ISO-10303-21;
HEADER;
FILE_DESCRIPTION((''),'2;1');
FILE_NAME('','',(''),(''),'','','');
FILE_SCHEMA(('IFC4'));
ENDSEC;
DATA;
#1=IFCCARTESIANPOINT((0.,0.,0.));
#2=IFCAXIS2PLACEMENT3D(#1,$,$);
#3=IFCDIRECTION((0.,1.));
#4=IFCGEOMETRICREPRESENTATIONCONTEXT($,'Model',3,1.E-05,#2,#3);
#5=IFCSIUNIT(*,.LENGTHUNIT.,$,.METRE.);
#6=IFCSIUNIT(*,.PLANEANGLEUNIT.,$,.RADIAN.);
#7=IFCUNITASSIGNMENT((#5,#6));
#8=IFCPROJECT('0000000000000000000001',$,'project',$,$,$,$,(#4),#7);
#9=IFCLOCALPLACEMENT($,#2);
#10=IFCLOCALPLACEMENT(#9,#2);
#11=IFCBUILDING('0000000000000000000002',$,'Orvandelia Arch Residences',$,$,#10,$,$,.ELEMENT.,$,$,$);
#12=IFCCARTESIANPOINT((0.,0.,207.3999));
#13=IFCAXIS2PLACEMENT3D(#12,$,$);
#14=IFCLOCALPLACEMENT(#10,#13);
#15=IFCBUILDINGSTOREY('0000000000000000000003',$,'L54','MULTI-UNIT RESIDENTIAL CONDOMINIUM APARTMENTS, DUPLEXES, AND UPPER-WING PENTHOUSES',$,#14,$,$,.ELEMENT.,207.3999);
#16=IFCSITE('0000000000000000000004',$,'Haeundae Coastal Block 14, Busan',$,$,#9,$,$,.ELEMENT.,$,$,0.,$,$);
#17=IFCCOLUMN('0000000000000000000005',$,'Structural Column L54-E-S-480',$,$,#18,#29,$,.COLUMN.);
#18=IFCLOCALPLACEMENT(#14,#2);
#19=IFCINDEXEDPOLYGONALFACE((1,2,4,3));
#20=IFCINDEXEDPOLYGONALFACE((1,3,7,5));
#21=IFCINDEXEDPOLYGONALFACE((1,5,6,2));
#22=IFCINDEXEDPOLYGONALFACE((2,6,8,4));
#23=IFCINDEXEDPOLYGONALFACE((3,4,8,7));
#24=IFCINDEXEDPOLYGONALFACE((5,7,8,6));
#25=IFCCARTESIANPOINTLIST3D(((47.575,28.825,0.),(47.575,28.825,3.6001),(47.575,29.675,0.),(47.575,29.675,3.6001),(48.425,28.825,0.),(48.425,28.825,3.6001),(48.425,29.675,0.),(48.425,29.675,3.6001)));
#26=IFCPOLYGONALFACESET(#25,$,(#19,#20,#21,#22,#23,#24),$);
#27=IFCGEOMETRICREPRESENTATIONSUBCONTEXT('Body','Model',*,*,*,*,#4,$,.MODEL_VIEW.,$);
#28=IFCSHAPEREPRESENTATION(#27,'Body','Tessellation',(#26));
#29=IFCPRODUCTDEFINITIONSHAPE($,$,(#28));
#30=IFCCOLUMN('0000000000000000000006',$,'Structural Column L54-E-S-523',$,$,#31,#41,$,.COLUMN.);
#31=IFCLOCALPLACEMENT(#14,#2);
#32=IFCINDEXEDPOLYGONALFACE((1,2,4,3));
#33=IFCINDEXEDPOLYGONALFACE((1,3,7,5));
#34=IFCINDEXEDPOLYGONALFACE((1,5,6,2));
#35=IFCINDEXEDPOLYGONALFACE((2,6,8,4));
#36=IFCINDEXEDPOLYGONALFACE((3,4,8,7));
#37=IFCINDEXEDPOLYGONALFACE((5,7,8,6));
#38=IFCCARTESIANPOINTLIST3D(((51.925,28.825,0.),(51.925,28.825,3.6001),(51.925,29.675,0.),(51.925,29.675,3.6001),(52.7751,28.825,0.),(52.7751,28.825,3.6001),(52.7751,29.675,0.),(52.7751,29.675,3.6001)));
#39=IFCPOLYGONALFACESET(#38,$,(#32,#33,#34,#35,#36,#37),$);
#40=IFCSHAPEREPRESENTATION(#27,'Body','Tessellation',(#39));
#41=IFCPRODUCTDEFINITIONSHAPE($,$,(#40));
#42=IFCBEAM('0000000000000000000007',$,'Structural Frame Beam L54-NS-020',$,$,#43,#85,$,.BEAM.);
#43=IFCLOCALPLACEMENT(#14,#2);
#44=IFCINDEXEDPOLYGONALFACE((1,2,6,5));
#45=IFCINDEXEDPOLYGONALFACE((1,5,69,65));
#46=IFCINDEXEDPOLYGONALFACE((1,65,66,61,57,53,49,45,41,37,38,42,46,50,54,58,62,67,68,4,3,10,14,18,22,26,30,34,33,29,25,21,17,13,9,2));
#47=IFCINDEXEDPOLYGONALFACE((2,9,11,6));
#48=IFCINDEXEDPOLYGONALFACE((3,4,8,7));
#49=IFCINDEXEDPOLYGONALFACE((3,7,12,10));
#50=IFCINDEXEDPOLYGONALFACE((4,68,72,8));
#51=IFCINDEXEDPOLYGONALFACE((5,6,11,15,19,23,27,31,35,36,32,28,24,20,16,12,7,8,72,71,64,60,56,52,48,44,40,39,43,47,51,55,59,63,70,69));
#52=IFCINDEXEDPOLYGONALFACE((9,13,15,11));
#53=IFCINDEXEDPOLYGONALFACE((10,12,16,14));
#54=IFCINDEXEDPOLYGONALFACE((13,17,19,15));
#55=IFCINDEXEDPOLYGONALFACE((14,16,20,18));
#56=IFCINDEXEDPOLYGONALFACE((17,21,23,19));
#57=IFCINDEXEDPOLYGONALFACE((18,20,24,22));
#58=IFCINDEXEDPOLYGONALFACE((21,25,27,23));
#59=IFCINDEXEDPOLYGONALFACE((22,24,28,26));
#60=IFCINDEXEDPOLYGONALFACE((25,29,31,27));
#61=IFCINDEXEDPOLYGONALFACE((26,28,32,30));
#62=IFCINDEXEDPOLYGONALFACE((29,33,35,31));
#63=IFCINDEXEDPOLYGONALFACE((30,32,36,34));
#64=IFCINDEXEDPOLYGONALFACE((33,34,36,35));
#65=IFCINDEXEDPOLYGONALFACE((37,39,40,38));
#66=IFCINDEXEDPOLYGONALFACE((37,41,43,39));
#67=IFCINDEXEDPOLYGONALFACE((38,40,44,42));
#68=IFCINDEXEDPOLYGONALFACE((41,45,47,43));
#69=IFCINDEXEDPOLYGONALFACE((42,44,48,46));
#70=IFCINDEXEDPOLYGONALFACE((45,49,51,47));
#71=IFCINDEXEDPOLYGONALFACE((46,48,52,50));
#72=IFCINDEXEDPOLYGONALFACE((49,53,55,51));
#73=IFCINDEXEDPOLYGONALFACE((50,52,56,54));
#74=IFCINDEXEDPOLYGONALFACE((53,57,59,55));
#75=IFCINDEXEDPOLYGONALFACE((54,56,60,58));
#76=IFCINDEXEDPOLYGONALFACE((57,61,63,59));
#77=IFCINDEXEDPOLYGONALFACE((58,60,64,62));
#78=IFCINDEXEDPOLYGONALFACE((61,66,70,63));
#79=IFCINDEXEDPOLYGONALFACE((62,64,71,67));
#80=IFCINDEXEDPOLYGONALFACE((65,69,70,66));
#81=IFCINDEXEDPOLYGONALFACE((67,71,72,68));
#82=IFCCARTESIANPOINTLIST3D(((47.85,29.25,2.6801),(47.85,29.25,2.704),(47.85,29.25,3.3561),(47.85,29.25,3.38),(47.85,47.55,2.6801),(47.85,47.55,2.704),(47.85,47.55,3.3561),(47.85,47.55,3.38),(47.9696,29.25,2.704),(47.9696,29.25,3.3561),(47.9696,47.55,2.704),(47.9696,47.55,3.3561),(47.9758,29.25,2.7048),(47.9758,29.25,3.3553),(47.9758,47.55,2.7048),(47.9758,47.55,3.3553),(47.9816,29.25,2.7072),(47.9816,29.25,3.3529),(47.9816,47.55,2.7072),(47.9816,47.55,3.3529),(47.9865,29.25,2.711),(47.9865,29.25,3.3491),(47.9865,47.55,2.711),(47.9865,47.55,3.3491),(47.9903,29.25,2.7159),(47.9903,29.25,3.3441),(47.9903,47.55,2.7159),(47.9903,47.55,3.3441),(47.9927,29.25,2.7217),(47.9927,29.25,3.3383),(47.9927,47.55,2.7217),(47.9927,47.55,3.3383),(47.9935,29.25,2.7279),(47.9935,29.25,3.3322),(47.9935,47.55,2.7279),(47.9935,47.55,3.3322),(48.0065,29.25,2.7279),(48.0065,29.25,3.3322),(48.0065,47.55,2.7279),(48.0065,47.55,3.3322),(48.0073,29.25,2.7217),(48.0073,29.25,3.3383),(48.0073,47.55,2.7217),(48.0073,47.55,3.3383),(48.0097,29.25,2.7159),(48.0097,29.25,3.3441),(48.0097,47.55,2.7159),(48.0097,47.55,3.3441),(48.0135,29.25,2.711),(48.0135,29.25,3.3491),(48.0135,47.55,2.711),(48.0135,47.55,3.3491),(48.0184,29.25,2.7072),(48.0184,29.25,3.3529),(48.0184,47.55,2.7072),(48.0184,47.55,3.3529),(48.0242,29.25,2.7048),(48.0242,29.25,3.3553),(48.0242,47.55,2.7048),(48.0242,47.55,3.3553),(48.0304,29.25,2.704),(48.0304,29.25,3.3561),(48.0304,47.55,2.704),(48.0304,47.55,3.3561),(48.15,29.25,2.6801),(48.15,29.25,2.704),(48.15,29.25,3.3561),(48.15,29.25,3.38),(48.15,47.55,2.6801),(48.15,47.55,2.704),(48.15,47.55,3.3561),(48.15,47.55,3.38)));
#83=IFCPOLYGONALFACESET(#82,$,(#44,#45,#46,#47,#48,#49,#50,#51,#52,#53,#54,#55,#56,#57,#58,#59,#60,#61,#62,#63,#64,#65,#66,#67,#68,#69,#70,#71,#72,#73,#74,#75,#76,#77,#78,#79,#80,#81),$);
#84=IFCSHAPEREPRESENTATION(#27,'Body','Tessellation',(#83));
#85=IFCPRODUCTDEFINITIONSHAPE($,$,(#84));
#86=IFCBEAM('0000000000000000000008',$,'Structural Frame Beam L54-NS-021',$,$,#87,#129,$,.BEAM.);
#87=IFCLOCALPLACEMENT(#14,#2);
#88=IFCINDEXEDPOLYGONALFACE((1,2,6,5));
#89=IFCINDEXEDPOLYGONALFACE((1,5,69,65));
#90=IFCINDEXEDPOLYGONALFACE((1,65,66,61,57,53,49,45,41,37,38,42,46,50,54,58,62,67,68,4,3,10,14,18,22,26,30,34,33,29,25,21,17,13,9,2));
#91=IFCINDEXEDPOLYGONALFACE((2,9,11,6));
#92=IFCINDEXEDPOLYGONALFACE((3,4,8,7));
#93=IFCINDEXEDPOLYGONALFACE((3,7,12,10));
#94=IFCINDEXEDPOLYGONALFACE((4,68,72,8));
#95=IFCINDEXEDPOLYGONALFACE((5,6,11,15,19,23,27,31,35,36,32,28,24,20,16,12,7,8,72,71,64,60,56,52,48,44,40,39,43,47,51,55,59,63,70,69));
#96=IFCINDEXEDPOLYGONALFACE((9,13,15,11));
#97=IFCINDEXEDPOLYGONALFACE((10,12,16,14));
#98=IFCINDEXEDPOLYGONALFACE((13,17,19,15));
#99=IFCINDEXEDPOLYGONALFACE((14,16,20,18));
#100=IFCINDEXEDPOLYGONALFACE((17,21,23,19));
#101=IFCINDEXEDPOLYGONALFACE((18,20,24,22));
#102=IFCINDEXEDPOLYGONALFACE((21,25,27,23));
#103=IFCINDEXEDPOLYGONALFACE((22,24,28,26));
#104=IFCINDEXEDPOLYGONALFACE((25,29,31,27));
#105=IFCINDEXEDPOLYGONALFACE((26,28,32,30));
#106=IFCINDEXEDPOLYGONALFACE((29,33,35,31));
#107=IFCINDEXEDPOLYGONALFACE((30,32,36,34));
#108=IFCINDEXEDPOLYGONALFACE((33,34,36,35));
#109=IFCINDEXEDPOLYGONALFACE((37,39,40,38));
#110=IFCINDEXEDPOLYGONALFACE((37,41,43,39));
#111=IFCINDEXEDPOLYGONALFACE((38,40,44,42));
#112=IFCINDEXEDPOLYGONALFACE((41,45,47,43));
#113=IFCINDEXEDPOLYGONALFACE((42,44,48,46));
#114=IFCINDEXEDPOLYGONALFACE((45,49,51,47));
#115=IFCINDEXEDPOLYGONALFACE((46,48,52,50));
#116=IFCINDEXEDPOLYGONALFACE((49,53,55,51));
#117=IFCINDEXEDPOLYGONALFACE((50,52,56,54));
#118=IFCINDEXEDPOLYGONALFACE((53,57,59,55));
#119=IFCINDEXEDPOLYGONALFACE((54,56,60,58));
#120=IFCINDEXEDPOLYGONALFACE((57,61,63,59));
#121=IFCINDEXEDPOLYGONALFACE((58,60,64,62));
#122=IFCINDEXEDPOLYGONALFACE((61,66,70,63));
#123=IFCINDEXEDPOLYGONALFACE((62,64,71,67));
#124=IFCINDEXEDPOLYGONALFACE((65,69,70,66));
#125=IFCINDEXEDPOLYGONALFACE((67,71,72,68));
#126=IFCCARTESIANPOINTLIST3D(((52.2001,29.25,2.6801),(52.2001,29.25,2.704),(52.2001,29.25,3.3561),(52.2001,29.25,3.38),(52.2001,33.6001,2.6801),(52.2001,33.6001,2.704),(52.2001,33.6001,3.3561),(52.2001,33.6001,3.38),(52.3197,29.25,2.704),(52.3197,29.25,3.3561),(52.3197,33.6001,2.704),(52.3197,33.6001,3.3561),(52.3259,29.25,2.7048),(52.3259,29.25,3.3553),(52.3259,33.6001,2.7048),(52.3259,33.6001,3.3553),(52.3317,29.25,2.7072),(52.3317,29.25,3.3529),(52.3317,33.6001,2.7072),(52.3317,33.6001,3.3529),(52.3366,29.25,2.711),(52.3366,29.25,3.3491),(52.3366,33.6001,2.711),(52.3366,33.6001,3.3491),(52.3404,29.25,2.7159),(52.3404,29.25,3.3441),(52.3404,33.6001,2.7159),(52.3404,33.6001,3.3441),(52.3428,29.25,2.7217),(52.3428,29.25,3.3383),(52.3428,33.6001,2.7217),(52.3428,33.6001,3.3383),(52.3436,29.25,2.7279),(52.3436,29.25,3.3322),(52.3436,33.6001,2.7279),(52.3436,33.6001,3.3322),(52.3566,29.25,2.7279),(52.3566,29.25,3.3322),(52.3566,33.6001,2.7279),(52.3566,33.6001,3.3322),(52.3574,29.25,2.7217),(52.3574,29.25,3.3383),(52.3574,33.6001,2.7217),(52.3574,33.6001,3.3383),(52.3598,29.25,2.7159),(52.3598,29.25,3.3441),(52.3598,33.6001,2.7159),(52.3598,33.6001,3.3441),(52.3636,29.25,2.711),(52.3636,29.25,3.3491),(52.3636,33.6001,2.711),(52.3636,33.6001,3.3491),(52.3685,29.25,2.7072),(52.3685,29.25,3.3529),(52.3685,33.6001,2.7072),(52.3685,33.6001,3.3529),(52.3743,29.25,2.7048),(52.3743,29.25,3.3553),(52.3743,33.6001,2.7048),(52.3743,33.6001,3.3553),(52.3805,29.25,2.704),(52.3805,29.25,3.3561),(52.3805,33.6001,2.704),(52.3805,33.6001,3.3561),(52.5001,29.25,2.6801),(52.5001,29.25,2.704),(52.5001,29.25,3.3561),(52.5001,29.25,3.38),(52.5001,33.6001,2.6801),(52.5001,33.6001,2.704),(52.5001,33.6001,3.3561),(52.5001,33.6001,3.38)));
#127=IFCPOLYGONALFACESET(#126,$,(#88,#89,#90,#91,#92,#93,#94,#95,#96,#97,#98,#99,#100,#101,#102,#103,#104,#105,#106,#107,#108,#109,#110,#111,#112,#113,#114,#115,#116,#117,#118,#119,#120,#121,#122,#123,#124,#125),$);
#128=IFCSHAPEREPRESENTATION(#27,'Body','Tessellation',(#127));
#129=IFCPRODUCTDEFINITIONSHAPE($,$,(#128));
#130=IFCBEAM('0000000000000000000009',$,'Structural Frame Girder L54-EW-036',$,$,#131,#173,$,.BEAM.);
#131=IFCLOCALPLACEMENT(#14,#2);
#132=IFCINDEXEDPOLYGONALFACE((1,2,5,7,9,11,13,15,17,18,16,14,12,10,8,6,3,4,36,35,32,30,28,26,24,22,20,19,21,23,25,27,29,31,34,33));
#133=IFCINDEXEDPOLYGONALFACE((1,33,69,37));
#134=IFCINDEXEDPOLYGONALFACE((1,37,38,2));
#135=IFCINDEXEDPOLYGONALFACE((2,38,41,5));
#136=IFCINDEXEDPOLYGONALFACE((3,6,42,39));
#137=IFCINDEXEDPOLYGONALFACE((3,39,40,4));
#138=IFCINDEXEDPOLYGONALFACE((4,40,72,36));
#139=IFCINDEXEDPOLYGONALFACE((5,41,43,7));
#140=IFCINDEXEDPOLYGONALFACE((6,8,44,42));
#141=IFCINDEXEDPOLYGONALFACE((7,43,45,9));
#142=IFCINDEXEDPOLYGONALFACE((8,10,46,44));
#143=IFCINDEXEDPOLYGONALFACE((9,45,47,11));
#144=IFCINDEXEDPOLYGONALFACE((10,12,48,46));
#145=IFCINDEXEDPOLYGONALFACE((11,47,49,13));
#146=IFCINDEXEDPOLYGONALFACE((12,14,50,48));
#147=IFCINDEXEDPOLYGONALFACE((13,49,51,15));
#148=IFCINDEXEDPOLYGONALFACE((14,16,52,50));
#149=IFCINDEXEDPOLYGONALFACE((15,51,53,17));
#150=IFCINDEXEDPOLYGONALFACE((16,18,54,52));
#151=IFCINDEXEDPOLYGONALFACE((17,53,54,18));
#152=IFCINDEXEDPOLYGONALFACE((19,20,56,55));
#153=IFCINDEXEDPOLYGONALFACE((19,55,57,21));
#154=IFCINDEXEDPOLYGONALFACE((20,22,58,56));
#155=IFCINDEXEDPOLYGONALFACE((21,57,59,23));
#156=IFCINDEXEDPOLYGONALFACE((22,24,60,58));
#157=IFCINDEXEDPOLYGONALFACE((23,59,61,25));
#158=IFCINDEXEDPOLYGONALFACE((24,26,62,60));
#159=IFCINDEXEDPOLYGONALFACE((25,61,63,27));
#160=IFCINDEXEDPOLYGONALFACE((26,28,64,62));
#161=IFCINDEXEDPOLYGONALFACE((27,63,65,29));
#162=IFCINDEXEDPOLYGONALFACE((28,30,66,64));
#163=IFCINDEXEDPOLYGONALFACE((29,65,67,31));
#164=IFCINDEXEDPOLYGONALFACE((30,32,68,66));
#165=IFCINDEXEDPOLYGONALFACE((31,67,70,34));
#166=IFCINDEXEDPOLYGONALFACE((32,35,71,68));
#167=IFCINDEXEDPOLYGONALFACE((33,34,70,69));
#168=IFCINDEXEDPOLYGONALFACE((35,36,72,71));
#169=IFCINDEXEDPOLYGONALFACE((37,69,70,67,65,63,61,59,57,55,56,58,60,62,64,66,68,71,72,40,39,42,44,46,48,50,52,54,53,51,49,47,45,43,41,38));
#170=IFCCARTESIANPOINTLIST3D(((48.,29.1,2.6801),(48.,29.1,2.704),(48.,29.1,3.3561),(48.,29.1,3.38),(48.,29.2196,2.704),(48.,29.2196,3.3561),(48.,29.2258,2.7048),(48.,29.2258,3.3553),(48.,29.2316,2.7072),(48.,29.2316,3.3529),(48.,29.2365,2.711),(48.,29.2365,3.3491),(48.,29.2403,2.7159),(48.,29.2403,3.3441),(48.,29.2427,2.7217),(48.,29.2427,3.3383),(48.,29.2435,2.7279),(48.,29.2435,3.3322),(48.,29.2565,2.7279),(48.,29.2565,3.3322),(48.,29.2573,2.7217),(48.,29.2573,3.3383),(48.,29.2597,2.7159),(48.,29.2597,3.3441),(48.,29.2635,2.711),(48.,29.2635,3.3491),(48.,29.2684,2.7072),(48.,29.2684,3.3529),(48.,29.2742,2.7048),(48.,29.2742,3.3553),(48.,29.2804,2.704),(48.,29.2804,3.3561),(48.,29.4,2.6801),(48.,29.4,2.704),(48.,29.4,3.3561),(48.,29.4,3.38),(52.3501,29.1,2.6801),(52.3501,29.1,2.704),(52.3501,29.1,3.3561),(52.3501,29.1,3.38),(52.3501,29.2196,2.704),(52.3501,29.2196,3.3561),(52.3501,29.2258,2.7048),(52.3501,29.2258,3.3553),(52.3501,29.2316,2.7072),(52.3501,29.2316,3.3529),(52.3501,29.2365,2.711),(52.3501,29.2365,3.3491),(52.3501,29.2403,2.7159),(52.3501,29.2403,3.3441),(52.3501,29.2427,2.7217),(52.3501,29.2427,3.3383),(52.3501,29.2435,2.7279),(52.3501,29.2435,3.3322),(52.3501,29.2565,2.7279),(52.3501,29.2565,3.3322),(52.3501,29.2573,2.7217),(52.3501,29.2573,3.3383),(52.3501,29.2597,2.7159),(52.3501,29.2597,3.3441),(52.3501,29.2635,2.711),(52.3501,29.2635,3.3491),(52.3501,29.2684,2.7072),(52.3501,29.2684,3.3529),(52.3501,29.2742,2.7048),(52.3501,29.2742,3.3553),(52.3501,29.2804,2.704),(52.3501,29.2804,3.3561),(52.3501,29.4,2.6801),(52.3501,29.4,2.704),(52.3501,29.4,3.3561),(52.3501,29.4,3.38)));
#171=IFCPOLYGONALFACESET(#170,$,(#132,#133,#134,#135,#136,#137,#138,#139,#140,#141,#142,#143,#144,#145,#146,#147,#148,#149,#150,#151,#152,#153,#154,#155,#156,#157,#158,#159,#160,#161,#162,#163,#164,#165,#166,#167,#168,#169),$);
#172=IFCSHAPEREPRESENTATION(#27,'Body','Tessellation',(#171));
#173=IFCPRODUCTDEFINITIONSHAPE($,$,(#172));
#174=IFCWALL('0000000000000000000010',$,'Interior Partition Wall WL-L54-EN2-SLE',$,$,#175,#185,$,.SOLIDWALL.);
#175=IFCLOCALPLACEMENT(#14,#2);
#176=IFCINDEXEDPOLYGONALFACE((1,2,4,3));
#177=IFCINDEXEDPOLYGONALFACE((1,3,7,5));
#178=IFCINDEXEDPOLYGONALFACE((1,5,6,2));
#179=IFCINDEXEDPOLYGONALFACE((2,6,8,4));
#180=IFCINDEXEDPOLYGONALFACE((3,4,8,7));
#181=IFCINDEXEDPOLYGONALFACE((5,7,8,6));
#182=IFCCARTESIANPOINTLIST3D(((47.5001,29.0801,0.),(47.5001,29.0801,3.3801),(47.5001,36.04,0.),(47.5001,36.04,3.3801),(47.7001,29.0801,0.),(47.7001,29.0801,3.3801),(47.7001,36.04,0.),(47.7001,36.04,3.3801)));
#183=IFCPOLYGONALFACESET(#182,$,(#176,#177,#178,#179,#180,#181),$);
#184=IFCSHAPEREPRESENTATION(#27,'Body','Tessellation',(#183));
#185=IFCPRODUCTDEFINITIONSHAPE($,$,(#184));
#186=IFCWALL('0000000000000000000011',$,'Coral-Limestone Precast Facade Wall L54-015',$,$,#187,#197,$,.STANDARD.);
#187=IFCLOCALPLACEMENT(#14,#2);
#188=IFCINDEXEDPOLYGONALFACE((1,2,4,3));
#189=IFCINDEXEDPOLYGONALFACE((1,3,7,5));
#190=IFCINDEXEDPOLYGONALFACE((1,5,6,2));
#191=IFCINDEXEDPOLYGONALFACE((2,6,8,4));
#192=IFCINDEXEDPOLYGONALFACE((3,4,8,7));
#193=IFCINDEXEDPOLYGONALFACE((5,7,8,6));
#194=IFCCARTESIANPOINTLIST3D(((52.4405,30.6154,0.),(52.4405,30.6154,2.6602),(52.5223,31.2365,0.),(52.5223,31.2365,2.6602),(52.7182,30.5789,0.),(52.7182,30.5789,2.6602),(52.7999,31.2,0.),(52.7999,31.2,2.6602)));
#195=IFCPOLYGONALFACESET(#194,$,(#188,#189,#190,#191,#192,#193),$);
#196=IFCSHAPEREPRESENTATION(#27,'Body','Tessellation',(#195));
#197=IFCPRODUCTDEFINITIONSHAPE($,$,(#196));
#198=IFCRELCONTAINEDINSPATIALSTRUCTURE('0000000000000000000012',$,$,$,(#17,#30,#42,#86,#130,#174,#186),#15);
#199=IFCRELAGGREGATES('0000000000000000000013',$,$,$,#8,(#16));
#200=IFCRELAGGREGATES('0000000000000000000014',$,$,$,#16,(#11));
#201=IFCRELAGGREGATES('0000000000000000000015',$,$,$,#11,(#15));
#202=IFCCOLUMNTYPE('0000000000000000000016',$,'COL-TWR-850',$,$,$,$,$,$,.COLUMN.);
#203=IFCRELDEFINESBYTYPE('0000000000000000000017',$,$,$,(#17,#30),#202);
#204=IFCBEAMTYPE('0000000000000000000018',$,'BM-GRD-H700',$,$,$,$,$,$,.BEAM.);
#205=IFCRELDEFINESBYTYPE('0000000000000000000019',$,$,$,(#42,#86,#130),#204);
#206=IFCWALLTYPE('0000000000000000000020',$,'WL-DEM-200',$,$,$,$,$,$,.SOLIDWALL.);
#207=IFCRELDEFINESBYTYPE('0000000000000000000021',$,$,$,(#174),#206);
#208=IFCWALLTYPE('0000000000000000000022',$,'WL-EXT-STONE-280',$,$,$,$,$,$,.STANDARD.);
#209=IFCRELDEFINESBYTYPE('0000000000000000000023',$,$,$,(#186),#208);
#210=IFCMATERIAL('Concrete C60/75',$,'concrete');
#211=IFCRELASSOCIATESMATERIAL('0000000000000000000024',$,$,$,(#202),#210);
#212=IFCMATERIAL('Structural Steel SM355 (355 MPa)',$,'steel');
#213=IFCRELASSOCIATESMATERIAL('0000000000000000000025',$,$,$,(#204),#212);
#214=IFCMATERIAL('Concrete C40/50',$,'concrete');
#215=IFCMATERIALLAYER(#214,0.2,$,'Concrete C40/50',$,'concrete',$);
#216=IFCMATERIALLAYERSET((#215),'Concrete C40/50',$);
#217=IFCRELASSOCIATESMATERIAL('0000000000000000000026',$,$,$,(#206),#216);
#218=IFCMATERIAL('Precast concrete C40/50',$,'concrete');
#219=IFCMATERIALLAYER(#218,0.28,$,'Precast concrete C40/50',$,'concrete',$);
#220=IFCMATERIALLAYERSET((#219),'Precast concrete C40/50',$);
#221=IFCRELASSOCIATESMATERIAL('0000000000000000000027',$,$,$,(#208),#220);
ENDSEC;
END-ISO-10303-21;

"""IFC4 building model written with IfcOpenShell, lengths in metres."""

from ifc_helpers import new_model, si_unit, direction, frame, frame_2d, origin, origin_2d, place, context, subcontext, project, spatial, rectangle, i_section, extrude, material, layer, layer_set, material_profile, profile_set, type_object, element, save


model = new_model("IFC4")

# Units and contexts
model_context = context("Model", 3, precision=1e-05, world=origin(), true_north=direction((0.0, 1.0)))
body_context = subcontext(model_context, "Body", "Model", "MODEL_VIEW")
ifc_project = project(units=[si_unit("LENGTHUNIT", "METRE"), si_unit("PLANEANGLEUNIT", "RADIAN")], contexts=[model_context])

# Site, building, storey
site_placement = place(None, origin())
site = spatial("IfcSite", under=ifc_project, at=site_placement, Name="Haeundae Coastal Block 14, Busan", CompositionType="ELEMENT", RefElevation=0.0)
building_placement = place(site_placement, origin())
building = spatial("IfcBuilding", under=site, at=building_placement, Name="Orvandelia Arch Residences", CompositionType="ELEMENT")
storey_placement = place(building_placement, frame((0.0, 0.0, 207.3999)))
storey = spatial("IfcBuildingStorey", under=building, at=storey_placement, Name="L54", Description="MULTI-UNIT RESIDENTIAL CONDOMINIUM APARTMENTS, DUPLEXES, AND UPPER-WING PENTHOUSES", CompositionType="ELEMENT", Elevation=207.3999)

# Columns
ifc_material_1 = material(Name="Concrete C60/75", Category="concrete")
ifc_material_profile_1 = material_profile(ifc_material_1, rectangle(XDim=0.8501, YDim=0.8501, at=origin_2d()), Name="Concrete C60/75", Category="concrete")
ifc_profile_set_1 = profile_set([ifc_material_profile_1], Name="Concrete C60/75")
column_type = type_object("IfcColumnType", Name="COL-TWR-850", PredefinedType="COLUMN", material=ifc_profile_set_1)
for number, where, z_axis, x_axis, name in (
    (1, (48.0, 29.25, 0.0), (0.0, 0.0, 1.0), (1.0, 0.0, 0.0), "Structural Column L54-E-S-480"),
    (2, (52.3501, 29.25, 0.0), (0.0, 0.0, 1.0), (1.0, 0.0, 0.0), "Structural Column L54-E-S-523"),
):
    element("IfcColumn", number, at=place(storey_placement, frame(where, z_axis=z_axis, x_axis=x_axis)), inside=storey, type_object=column_type, Name=name, PredefinedType="COLUMN", context=body_context, shape_type="SweptSolid", body=[
        extrude(rectangle(XDim=0.8501, YDim=0.8501, at=origin_2d()), origin(), (0.0, 0.0, 1.0), 3.6001),
    ])

# Beams
ifc_material_2 = material(Name="Structural Steel SM355 (355 MPa)", Category="steel")
ifc_material_profile_2 = material_profile(ifc_material_2, i_section(OverallWidth=0.3, OverallDepth=0.7, WebThickness=0.0129, FlangeThickness=0.0239, FilletRadius=0.0239, at=origin_2d()), Name="Structural Steel SM355 (355 MPa)", Category="steel")
ifc_profile_set_2 = profile_set([ifc_material_profile_2], Name="Structural Steel SM355 (355 MPa)")
beam_type = type_object("IfcBeamType", Name="BM-GRD-H700", PredefinedType="BEAM", material=ifc_profile_set_2)
beam_placement = place(storey_placement, frame((48.0, 29.25, 3.03), z_axis=(0.0, 1.0, 0.0), x_axis=(-1.0, 0.0, 0.0)))
element("IfcBeam", 3, at=beam_placement, inside=storey, type_object=beam_type, Name="Structural Frame Beam L54-NS-020", PredefinedType="BEAM", context=body_context, shape_type="SweptSolid", body=[
    extrude(i_section(OverallWidth=0.3, OverallDepth=0.7, WebThickness=0.0129, FlangeThickness=0.0239, FilletRadius=0.0239, at=origin_2d()), origin(), (0.0, 0.0, 1.0), 18.3),
])
for number, where, z_axis, x_axis, name in (
    (4, (52.3501, 29.25, 3.03), (0.0, 1.0, 0.0), (-1.0, 0.0, 0.0), "Structural Frame Beam L54-NS-021"),
    (5, (48.0, 29.25, 3.03), (1.0, 0.0, 0.0), (0.0, 1.0, 0.0), "Structural Frame Girder L54-EW-036"),
):
    element("IfcBeam", number, at=place(storey_placement, frame(where, z_axis=z_axis, x_axis=x_axis)), inside=storey, type_object=beam_type, Name=name, PredefinedType="BEAM", context=body_context, shape_type="SweptSolid", body=[
        extrude(i_section(OverallWidth=0.3, OverallDepth=0.7, WebThickness=0.0129, FlangeThickness=0.0239, FilletRadius=0.0239, at=origin_2d()), origin(), (0.0, 0.0, 1.0), 4.3501),
    ])

# Walls
ifc_material_3 = material(Name="Concrete C40/50", Category="concrete")
ifc_layer_1 = layer(ifc_material_3, 0.2, Name="Concrete C40/50", Category="concrete")
ifc_layer_set_1 = layer_set([ifc_layer_1], Name="Concrete C40/50")
wall_type_1 = type_object("IfcWallType", Name="WL-DEM-200", PredefinedType="SOLIDWALL", material=ifc_layer_set_1)
wall_1_placement = place(storey_placement, frame((47.6001, 29.0801, 0.0), z_axis=(0.0, 0.0, 1.0), x_axis=(0.0, 1.0, 0.0)))
element("IfcWall", 6, at=wall_1_placement, inside=storey, type_object=wall_type_1, Name="Interior Partition Wall WL-L54-EN2-SLE", PredefinedType="SOLIDWALL", context=body_context, shape_type="SweptSolid", body=[
    extrude(rectangle(XDim=6.96, YDim=0.2, at=frame_2d((3.48, 0.0))), origin(), (0.0, 0.0, 1.0), 3.3801),
])
ifc_material_4 = material(Name="Precast concrete C40/50", Category="concrete")
ifc_layer_2 = layer(ifc_material_4, 0.28, Name="Precast concrete C40/50", Category="concrete")
ifc_layer_set_2 = layer_set([ifc_layer_2], Name="Precast concrete C40/50")
wall_type_2 = type_object("IfcWallType", Name="WL-EXT-STONE-280", PredefinedType="STANDARD", material=ifc_layer_set_2)
wall_2_placement = place(storey_placement, frame((52.6611, 31.2183, 0.0), z_axis=(0.0, 0.0, 1.0), x_axis=(-0.130555, -0.991441, 0.0)))
element("IfcWall", 7, at=wall_2_placement, inside=storey, type_object=wall_type_2, Name="Coral-Limestone Precast Facade Wall L54-015", PredefinedType="STANDARD", context=body_context, shape_type="SweptSolid", body=[
    extrude(rectangle(XDim=0.6265, YDim=0.28, at=frame_2d((0.3132, 0.0))), origin(), (0.0, 0.0, 1.0), 2.6602),
])

save(model, "model.ifc")
